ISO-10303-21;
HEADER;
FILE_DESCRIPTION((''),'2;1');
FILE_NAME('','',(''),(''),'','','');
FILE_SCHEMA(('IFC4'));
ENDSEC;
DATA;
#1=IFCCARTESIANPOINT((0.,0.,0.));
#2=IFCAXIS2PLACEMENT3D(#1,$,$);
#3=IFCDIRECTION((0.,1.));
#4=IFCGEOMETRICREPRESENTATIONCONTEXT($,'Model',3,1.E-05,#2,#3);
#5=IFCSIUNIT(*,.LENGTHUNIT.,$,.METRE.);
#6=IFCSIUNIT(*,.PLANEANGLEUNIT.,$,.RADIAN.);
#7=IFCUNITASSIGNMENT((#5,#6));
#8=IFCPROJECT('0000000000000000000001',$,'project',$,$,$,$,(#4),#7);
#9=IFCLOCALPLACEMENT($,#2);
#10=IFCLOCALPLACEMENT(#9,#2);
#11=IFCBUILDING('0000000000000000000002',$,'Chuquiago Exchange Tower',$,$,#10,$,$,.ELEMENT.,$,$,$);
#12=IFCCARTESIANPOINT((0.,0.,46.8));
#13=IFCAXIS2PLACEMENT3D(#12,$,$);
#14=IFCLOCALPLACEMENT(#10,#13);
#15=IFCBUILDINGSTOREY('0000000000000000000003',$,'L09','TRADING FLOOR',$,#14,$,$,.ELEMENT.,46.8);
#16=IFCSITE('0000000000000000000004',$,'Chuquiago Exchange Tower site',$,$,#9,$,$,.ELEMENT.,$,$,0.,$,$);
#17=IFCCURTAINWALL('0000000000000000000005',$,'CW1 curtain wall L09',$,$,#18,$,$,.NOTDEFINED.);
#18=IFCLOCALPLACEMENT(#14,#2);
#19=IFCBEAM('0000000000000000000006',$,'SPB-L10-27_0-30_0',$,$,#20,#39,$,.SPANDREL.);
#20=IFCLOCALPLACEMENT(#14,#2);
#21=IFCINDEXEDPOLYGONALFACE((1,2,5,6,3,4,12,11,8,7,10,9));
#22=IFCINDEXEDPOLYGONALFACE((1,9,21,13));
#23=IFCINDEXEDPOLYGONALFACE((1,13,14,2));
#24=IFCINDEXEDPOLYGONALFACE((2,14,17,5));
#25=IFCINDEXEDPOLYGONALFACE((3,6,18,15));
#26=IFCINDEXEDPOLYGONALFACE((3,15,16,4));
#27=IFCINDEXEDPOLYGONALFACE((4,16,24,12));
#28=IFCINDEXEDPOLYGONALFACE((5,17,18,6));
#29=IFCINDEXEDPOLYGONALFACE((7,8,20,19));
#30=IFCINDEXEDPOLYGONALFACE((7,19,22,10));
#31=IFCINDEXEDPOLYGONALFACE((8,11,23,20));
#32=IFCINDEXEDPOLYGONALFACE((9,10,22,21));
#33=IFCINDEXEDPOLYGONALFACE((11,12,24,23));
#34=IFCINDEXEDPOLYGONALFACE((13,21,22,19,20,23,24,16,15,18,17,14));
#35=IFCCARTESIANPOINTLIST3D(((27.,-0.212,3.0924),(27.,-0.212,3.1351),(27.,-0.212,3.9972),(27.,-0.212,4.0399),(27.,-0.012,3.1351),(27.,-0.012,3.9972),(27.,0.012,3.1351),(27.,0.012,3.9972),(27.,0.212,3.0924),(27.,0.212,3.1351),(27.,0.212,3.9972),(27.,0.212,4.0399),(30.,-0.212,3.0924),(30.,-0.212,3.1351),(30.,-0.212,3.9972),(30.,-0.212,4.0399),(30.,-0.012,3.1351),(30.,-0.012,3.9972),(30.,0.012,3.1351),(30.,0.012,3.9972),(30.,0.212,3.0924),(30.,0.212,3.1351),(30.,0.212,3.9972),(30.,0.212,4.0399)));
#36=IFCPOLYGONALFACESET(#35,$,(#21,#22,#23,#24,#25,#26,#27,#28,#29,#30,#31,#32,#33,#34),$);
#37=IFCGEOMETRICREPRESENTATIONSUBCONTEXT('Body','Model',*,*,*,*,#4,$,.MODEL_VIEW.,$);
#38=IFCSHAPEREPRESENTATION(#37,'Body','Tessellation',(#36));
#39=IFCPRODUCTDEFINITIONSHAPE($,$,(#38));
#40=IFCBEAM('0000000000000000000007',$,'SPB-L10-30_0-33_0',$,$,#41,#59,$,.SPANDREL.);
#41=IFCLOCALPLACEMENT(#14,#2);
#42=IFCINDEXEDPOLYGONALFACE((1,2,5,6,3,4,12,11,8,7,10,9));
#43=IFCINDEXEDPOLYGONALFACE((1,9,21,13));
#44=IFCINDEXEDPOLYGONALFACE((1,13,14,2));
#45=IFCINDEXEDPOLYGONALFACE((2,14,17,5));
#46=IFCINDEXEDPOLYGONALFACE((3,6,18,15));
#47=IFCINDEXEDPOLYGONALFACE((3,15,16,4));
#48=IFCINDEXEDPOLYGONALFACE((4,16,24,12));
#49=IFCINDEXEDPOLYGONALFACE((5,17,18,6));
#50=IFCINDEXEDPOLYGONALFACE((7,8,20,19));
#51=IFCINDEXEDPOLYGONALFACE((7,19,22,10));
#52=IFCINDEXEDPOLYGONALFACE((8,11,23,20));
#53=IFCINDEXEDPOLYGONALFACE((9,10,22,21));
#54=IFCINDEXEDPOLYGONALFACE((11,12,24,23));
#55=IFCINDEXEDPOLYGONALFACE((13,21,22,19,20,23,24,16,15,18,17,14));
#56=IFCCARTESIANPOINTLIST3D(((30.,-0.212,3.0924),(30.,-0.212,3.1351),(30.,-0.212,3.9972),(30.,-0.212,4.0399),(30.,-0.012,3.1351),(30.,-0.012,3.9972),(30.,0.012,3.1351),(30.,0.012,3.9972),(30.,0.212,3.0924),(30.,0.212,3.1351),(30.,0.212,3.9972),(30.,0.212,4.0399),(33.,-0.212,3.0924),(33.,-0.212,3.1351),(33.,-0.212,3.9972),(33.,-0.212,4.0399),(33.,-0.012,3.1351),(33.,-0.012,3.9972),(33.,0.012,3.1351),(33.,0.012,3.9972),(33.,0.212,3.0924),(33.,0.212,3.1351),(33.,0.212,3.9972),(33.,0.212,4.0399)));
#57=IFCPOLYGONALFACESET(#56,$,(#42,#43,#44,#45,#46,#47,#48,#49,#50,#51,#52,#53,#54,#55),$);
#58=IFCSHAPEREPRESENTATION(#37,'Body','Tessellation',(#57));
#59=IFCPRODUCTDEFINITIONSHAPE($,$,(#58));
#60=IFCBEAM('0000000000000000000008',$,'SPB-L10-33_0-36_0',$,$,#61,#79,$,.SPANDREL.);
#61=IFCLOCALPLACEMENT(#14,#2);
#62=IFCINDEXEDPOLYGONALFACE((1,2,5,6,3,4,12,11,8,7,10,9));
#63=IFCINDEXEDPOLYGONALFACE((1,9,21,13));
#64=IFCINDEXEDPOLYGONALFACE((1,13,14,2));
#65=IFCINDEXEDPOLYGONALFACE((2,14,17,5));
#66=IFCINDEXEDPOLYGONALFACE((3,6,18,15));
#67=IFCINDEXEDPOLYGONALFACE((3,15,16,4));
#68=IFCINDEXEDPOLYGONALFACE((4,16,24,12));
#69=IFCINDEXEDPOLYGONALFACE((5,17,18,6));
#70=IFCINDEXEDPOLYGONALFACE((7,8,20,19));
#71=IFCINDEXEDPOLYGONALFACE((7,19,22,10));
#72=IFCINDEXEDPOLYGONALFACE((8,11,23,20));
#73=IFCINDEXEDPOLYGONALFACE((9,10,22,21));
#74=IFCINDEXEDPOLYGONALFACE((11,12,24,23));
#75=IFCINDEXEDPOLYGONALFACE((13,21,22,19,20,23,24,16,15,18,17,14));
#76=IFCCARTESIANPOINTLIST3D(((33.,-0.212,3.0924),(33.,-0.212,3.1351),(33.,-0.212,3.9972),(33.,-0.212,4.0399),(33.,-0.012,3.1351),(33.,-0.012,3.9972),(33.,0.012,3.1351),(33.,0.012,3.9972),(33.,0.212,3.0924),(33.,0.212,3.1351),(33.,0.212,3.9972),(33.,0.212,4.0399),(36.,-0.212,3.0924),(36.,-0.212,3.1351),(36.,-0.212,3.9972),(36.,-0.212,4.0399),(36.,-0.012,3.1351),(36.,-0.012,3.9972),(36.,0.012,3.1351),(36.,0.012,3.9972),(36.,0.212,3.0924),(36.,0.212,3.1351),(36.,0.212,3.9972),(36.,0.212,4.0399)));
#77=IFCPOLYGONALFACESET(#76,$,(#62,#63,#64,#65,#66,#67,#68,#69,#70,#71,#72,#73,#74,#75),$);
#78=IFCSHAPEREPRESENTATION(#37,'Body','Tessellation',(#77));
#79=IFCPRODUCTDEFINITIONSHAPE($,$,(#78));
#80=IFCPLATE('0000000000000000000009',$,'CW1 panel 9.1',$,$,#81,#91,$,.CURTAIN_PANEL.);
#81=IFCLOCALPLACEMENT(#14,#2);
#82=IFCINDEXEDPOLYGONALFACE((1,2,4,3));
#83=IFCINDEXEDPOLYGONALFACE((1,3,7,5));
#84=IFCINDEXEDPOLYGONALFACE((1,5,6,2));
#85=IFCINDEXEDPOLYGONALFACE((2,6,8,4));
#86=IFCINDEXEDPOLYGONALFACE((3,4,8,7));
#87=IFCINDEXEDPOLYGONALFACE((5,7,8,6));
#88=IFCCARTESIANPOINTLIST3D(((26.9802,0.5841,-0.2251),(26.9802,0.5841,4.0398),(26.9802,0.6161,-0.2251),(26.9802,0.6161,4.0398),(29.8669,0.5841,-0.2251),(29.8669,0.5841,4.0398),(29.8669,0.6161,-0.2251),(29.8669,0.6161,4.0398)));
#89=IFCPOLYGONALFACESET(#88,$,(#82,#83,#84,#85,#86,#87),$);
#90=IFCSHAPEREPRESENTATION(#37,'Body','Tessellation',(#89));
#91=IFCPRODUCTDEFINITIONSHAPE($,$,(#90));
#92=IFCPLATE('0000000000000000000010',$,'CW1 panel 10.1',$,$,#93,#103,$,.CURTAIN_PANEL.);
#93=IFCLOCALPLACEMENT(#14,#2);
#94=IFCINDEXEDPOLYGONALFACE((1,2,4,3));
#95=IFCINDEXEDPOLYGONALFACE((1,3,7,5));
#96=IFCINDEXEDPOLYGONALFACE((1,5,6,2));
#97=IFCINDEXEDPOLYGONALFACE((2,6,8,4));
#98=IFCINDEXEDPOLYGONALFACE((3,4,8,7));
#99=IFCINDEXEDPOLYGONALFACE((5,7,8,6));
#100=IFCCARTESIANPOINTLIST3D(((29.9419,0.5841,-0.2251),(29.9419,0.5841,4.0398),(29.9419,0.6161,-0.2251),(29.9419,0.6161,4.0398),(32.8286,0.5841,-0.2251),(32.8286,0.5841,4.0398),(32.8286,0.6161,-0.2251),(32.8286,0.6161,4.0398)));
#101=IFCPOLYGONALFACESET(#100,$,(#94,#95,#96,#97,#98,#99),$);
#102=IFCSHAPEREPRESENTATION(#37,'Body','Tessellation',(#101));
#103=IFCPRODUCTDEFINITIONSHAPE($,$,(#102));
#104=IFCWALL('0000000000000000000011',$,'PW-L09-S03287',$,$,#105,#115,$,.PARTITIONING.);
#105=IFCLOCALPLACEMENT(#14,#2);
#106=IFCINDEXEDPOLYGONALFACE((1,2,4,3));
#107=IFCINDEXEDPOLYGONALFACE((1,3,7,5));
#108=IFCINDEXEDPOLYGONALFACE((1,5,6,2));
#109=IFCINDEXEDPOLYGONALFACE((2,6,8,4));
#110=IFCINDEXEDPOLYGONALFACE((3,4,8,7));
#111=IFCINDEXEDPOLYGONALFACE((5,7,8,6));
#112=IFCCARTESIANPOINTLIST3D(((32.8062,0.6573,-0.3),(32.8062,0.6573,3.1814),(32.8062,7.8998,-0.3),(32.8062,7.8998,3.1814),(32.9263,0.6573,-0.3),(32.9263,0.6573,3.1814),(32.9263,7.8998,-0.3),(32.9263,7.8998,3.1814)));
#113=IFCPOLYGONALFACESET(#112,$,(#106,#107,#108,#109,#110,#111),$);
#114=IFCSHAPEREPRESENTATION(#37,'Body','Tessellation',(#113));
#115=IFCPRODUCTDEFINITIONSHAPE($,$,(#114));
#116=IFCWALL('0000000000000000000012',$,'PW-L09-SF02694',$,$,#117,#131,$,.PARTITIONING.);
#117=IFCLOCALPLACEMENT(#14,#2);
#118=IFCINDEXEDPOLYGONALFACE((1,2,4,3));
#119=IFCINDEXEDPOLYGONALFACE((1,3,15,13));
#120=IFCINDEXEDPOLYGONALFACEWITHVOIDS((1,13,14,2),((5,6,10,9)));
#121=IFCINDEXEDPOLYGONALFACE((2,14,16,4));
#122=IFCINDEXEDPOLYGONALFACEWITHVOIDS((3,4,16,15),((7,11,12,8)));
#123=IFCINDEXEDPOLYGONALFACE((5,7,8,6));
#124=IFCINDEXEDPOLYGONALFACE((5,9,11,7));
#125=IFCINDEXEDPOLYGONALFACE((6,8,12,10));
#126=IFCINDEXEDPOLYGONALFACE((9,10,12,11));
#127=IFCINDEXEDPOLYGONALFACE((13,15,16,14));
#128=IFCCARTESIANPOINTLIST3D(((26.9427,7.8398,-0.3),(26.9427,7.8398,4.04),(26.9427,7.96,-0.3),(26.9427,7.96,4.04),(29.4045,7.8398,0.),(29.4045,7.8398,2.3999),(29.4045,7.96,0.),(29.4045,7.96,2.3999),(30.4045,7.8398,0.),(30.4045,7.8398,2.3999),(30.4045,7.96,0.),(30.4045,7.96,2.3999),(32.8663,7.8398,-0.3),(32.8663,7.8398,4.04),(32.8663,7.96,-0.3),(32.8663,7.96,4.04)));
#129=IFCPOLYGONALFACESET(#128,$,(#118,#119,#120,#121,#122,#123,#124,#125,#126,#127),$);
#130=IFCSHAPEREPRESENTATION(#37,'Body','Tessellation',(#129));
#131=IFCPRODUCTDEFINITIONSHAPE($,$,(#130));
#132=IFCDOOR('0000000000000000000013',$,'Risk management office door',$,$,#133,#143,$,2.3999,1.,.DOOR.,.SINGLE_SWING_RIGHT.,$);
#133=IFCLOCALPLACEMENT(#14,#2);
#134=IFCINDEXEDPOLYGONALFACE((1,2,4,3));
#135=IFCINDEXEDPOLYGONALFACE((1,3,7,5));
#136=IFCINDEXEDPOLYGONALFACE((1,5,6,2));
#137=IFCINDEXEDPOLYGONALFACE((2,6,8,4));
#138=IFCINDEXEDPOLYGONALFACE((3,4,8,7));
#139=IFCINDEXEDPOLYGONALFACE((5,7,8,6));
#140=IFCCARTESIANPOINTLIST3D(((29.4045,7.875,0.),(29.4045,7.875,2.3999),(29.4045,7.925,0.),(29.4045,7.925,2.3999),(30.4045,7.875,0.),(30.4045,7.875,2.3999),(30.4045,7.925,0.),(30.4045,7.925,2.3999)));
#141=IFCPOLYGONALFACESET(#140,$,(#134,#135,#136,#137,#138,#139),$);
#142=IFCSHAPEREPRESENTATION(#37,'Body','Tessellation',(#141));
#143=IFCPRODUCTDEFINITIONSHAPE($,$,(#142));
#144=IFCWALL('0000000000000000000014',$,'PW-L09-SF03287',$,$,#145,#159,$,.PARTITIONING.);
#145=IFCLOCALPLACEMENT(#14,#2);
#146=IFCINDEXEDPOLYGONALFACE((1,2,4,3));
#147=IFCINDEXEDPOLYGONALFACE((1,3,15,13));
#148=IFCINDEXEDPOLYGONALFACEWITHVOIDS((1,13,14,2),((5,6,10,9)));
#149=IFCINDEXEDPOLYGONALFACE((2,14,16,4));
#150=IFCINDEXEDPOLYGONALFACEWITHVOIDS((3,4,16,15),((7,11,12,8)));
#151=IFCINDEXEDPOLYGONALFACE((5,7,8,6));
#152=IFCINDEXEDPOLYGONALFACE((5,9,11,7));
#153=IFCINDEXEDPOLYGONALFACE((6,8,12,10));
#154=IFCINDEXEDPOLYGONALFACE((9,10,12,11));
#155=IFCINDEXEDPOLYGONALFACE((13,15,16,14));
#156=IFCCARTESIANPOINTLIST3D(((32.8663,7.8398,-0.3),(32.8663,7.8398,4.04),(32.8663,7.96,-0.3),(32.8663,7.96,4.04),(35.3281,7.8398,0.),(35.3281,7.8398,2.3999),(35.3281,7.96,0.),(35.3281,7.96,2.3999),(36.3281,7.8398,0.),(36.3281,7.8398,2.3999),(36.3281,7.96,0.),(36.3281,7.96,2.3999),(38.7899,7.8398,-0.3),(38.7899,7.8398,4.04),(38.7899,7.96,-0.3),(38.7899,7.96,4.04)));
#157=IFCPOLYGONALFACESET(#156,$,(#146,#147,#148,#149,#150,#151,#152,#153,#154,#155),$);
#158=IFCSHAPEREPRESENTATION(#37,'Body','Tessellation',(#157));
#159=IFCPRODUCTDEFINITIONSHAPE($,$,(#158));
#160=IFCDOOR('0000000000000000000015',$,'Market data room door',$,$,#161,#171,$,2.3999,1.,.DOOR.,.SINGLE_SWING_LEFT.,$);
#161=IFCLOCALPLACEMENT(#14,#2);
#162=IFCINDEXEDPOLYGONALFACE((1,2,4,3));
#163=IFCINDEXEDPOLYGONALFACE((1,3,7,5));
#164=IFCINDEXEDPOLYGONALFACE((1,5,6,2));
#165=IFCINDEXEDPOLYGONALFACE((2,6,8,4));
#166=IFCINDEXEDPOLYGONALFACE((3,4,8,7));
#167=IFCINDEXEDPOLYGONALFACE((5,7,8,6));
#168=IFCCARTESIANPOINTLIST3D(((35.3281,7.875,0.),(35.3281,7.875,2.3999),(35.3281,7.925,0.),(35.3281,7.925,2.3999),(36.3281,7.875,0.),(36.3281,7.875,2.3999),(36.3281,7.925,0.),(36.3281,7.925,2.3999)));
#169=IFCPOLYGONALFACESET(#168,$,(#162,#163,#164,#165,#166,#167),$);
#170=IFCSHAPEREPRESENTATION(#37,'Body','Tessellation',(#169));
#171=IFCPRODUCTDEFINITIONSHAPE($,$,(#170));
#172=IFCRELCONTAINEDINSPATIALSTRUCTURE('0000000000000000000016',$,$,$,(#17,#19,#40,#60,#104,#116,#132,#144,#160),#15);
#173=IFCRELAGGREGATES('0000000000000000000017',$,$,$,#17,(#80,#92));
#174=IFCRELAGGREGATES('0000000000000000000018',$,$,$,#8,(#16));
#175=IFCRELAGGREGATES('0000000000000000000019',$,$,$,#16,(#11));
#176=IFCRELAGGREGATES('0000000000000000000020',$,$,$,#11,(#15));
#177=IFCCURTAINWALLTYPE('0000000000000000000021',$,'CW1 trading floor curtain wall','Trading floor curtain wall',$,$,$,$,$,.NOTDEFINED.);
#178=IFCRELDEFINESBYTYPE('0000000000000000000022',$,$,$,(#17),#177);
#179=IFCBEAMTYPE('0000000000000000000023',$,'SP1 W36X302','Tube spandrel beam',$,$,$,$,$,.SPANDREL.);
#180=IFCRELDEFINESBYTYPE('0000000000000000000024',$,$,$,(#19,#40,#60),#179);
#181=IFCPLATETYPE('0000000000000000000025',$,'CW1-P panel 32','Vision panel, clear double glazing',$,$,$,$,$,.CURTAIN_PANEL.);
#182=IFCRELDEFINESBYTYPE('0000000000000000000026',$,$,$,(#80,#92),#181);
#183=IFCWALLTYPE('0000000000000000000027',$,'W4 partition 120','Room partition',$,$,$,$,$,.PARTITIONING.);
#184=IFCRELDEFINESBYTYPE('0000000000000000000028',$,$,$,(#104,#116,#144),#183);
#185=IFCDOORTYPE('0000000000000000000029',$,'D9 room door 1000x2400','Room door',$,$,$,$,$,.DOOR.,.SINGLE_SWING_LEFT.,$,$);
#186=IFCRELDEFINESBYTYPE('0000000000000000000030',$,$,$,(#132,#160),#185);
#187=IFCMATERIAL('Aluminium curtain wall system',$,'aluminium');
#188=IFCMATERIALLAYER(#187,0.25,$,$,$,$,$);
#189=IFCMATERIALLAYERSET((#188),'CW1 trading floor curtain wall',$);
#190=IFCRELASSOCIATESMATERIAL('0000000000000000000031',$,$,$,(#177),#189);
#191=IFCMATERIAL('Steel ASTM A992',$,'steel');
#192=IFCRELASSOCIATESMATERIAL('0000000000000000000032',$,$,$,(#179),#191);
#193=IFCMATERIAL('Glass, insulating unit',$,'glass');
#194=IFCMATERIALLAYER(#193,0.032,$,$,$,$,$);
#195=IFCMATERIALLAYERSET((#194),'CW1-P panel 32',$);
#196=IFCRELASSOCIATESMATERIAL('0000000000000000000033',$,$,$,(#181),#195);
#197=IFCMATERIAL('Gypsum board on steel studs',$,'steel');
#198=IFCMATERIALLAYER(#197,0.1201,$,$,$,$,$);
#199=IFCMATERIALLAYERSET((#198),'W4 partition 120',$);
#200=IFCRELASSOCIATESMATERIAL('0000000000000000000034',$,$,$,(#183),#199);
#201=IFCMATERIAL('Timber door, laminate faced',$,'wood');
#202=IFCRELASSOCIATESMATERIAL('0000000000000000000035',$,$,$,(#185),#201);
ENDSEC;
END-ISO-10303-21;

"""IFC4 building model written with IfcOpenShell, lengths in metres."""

from ifc_helpers import new_model, si_unit, direction, frame, frame_2d, origin, origin_2d, place, context, subcontext, project, spatial, rectangle, i_section, extrude, material, layer, layer_set, material_profile, profile_set, type_object, element, fill, aggregate, save


model = new_model("IFC4")

# Units and contexts
model_context = context("Model", 3, precision=1e-05, world=origin(), true_north=direction((0.0, 1.0)))
body_context = subcontext(model_context, "Body", "Model", "MODEL_VIEW")
ifc_project = project(units=[si_unit("LENGTHUNIT", "METRE"), si_unit("PLANEANGLEUNIT", "RADIAN")], contexts=[model_context])

# Site, building, storey
site_placement = place(None, origin())
site = spatial("IfcSite", under=ifc_project, at=site_placement, Name="Chuquiago Exchange Tower site", CompositionType="ELEMENT", RefElevation=0.0)
building_placement = place(site_placement, origin())
building = spatial("IfcBuilding", under=site, at=building_placement, Name="Chuquiago Exchange Tower", CompositionType="ELEMENT")
storey_placement = place(building_placement, frame((0.0, 0.0, 46.8)))
storey = spatial("IfcBuildingStorey", under=building, at=storey_placement, Name="L09", Description="TRADING FLOOR", CompositionType="ELEMENT", Elevation=46.8)

# Curtain wall
ifc_material_1 = material(Name="Aluminium curtain wall system", Category="aluminium")
ifc_layer_1 = layer(ifc_material_1, 0.25)
ifc_layer_set_1 = layer_set([ifc_layer_1], Name="CW1 trading floor curtain wall")
curtain_wall_type = type_object("IfcCurtainWallType", Name="CW1 trading floor curtain wall", Description="Trading floor curtain wall", PredefinedType="NOTDEFINED", material=ifc_layer_set_1)
curtain_wall_placement = place(storey_placement, origin())
curtain_wall = element("IfcCurtainWall", 1, at=curtain_wall_placement, inside=storey, type_object=curtain_wall_type, Name="CW1 curtain wall L09", PredefinedType="NOTDEFINED")

# Beams
ifc_material_2 = material(Name="Steel ASTM A992", Category="steel")
ifc_material_profile_1 = material_profile(ifc_material_2, i_section(OverallWidth=0.4241, OverallDepth=0.9475, WebThickness=0.0239, FlangeThickness=0.0427, at=origin_2d()), Name="W36X302")
ifc_profile_set_1 = profile_set([ifc_material_profile_1], Name="Steel ASTM A992")
beam_type_1 = type_object("IfcBeamType", Name="SP1 W36X302", Description="Tube spandrel beam", PredefinedType="SPANDREL", material=ifc_profile_set_1)
for number, where, z_axis, x_axis, name in (
    (2, (27.0, 0.0, 3.5662), (1.0, 0.0, 0.0), (0.0, 1.0, 0.0), "SPB-L10-27_0-30_0"),
    (3, (30.0, 0.0, 3.5662), (1.0, 0.0, 0.0), (0.0, 1.0, 0.0), "SPB-L10-30_0-33_0"),
    (4, (33.0, 0.0, 3.5662), (1.0, 0.0, 0.0), (0.0, 1.0, 0.0), "SPB-L10-33_0-36_0"),
):
    element("IfcBeam", number, at=place(storey_placement, frame(where, z_axis=z_axis, x_axis=x_axis)), inside=storey, type_object=beam_type_1, Name=name, PredefinedType="SPANDREL", context=body_context, shape_type="SweptSolid", body=[
        extrude(i_section(OverallWidth=0.4241, OverallDepth=0.9475, WebThickness=0.0239, FlangeThickness=0.0427, at=origin_2d()), origin(), (0.0, 0.0, 1.0), 3.0),
    ])

# Plates
ifc_material_3 = material(Name="Glass, insulating unit", Category="glass")
ifc_layer_2 = layer(ifc_material_3, 0.032)
ifc_layer_set_2 = layer_set([ifc_layer_2], Name="CW1-P panel 32")
plate_type = type_object("IfcPlateType", Name="CW1-P panel 32", Description="Vision panel, clear double glazing", PredefinedType="CURTAIN_PANEL", material=ifc_layer_set_2)
plate_1_placement = place(storey_placement, frame((28.4236, 0.6001, -0.2251), z_axis=(0.0, 0.0, 1.0), x_axis=(1.0, 0.0, 0.0)))
plate_1 = element("IfcPlate", 5, at=plate_1_placement, type_object=plate_type, Name="CW1 panel 9.1", PredefinedType="CURTAIN_PANEL", context=body_context, shape_type="SweptSolid", body=[
    extrude(rectangle(XDim=2.8867, YDim=0.032, at=origin_2d()), origin(), (0.0, 0.0, 1.0), 4.2649),
])
plate_2_placement = place(storey_placement, frame((31.3853, 0.6001, -0.2251), z_axis=(0.0, 0.0, 1.0), x_axis=(1.0, 0.0, 0.0)))
plate_2 = element("IfcPlate", 6, at=plate_2_placement, type_object=plate_type, Name="CW1 panel 10.1", PredefinedType="CURTAIN_PANEL", context=body_context, shape_type="SweptSolid", body=[
    extrude(rectangle(XDim=2.8867, YDim=0.032, at=origin_2d()), origin(), (0.0, 0.0, 1.0), 4.2649),
])
aggregate(curtain_wall, [plate_1, plate_2])

# Wall
ifc_material_4 = material(Name="Gypsum board on steel studs", Category="steel")
ifc_layer_3 = layer(ifc_material_4, 0.1201)
ifc_layer_set_3 = layer_set([ifc_layer_3], Name="W4 partition 120")
wall_type = type_object("IfcWallType", Name="W4 partition 120", Description="Room partition", PredefinedType="PARTITIONING", material=ifc_layer_set_3)
wall_1_placement = place(storey_placement, frame((32.8662, 0.6575, -0.3), z_axis=(0.0, 0.0, 1.0), x_axis=(0.0, 1.0, 0.0)))
element("IfcWall", 7, at=wall_1_placement, inside=storey, type_object=wall_type, Name="PW-L09-S03287", PredefinedType="PARTITIONING", context=body_context, shape_type="SweptSolid", body=[
    extrude(rectangle(XDim=7.2424, YDim=0.1201, at=frame_2d((3.6211, 0.0))), origin(), (0.0, 0.0, 1.0), 3.4814),
])

# Walls, openings, doors
wall_2_placement = place(storey_placement, frame((26.9426, 7.8999, -0.3), z_axis=(0.0, 0.0, 1.0), x_axis=(1.0, 0.0, 0.0)))
wall_2 = element("IfcWall", 8, at=wall_2_placement, inside=storey, type_object=wall_type, Name="PW-L09-SF02694", PredefinedType="PARTITIONING", context=body_context, shape_type="SweptSolid", body=[
    extrude(rectangle(XDim=5.9236, YDim=0.1201, at=frame_2d((2.9619, 0.0))), origin(), (0.0, 0.0, 1.0), 4.3401),
])
opening_1_placement = place(wall_2_placement, frame((2.4619, 0.0, 0.3)))
opening_1 = element("IfcOpeningElement", 9, at=opening_1_placement, cuts=wall_2, PredefinedType="OPENING", context=body_context, shape_type="SweptSolid", body=[
    extrude(rectangle(XDim=1.0, YDim=2.3999, at=frame_2d((0.5, 1.2))), frame((0.0, 0.0701, 0.0), z_axis=(0.0, -1.0, 0.0), x_axis=(1.0, 0.0, 0.0)), (0.0, 0.0, 1.0), 0.1401),
])
ifc_material_5 = material(Name="Timber door, laminate faced", Category="wood")
door_type = type_object("IfcDoorType", Name="D9 room door 1000x2400", Description="Room door", OperationType="SINGLE_SWING_LEFT", PredefinedType="DOOR", material=ifc_material_5)
door_1_placement = place(opening_1_placement, frame((1.0, 0.0, 0.0), z_axis=(0.0, 0.0, 1.0), x_axis=(-1.0, 0.0, 0.0)))
door_1 = element("IfcDoor", 10, at=door_1_placement, inside=storey, type_object=door_type, Name="Risk management office door", OperationType="SINGLE_SWING_RIGHT", OverallHeight=2.3999, OverallWidth=1.0, PredefinedType="DOOR", context=body_context, shape_type="SweptSolid", body=[
    extrude(rectangle(XDim=1.0, YDim=2.3999, at=frame_2d((0.5, 1.2))), frame((0.0, 0.0249, 0.0), z_axis=(0.0, -1.0, 0.0), x_axis=(1.0, 0.0, 0.0)), (0.0, 0.0, 1.0), 0.05),
])
fill(opening_1, door_1)
wall_3_placement = place(storey_placement, frame((32.8662, 7.8999, -0.3), z_axis=(0.0, 0.0, 1.0), x_axis=(1.0, 0.0, 0.0)))
wall_3 = element("IfcWall", 11, at=wall_3_placement, inside=storey, type_object=wall_type, Name="PW-L09-SF03287", PredefinedType="PARTITIONING", context=body_context, shape_type="SweptSolid", body=[
    extrude(rectangle(XDim=5.9236, YDim=0.1201, at=frame_2d((2.9619, 0.0))), origin(), (0.0, 0.0, 1.0), 4.3401),
])
opening_2_placement = place(wall_3_placement, frame((2.4619, 0.0, 0.3)))
opening_2 = element("IfcOpeningElement", 12, at=opening_2_placement, cuts=wall_3, PredefinedType="OPENING", context=body_context, shape_type="SweptSolid", body=[
    extrude(rectangle(XDim=1.0, YDim=2.3999, at=frame_2d((0.5, 1.2))), frame((0.0, 0.0701, 0.0), z_axis=(0.0, -1.0, 0.0), x_axis=(1.0, 0.0, 0.0)), (0.0, 0.0, 1.0), 0.1401),
])
door_2_placement = place(opening_2_placement, frame((1.0, 0.0, 0.0), z_axis=(0.0, 0.0, 1.0), x_axis=(-1.0, 0.0, 0.0)))
door_2 = element("IfcDoor", 13, at=door_2_placement, inside=storey, type_object=door_type, Name="Market data room door", OperationType="SINGLE_SWING_LEFT", OverallHeight=2.3999, OverallWidth=1.0, PredefinedType="DOOR", context=body_context, shape_type="SweptSolid", body=[
    extrude(rectangle(XDim=1.0, YDim=2.3999, at=frame_2d((0.5, 1.2))), frame((0.0, 0.0249, 0.0), z_axis=(0.0, -1.0, 0.0), x_axis=(1.0, 0.0, 0.0)), (0.0, 0.0, 1.0), 0.05),
])
fill(opening_2, door_2)

save(model, "model.ifc")
